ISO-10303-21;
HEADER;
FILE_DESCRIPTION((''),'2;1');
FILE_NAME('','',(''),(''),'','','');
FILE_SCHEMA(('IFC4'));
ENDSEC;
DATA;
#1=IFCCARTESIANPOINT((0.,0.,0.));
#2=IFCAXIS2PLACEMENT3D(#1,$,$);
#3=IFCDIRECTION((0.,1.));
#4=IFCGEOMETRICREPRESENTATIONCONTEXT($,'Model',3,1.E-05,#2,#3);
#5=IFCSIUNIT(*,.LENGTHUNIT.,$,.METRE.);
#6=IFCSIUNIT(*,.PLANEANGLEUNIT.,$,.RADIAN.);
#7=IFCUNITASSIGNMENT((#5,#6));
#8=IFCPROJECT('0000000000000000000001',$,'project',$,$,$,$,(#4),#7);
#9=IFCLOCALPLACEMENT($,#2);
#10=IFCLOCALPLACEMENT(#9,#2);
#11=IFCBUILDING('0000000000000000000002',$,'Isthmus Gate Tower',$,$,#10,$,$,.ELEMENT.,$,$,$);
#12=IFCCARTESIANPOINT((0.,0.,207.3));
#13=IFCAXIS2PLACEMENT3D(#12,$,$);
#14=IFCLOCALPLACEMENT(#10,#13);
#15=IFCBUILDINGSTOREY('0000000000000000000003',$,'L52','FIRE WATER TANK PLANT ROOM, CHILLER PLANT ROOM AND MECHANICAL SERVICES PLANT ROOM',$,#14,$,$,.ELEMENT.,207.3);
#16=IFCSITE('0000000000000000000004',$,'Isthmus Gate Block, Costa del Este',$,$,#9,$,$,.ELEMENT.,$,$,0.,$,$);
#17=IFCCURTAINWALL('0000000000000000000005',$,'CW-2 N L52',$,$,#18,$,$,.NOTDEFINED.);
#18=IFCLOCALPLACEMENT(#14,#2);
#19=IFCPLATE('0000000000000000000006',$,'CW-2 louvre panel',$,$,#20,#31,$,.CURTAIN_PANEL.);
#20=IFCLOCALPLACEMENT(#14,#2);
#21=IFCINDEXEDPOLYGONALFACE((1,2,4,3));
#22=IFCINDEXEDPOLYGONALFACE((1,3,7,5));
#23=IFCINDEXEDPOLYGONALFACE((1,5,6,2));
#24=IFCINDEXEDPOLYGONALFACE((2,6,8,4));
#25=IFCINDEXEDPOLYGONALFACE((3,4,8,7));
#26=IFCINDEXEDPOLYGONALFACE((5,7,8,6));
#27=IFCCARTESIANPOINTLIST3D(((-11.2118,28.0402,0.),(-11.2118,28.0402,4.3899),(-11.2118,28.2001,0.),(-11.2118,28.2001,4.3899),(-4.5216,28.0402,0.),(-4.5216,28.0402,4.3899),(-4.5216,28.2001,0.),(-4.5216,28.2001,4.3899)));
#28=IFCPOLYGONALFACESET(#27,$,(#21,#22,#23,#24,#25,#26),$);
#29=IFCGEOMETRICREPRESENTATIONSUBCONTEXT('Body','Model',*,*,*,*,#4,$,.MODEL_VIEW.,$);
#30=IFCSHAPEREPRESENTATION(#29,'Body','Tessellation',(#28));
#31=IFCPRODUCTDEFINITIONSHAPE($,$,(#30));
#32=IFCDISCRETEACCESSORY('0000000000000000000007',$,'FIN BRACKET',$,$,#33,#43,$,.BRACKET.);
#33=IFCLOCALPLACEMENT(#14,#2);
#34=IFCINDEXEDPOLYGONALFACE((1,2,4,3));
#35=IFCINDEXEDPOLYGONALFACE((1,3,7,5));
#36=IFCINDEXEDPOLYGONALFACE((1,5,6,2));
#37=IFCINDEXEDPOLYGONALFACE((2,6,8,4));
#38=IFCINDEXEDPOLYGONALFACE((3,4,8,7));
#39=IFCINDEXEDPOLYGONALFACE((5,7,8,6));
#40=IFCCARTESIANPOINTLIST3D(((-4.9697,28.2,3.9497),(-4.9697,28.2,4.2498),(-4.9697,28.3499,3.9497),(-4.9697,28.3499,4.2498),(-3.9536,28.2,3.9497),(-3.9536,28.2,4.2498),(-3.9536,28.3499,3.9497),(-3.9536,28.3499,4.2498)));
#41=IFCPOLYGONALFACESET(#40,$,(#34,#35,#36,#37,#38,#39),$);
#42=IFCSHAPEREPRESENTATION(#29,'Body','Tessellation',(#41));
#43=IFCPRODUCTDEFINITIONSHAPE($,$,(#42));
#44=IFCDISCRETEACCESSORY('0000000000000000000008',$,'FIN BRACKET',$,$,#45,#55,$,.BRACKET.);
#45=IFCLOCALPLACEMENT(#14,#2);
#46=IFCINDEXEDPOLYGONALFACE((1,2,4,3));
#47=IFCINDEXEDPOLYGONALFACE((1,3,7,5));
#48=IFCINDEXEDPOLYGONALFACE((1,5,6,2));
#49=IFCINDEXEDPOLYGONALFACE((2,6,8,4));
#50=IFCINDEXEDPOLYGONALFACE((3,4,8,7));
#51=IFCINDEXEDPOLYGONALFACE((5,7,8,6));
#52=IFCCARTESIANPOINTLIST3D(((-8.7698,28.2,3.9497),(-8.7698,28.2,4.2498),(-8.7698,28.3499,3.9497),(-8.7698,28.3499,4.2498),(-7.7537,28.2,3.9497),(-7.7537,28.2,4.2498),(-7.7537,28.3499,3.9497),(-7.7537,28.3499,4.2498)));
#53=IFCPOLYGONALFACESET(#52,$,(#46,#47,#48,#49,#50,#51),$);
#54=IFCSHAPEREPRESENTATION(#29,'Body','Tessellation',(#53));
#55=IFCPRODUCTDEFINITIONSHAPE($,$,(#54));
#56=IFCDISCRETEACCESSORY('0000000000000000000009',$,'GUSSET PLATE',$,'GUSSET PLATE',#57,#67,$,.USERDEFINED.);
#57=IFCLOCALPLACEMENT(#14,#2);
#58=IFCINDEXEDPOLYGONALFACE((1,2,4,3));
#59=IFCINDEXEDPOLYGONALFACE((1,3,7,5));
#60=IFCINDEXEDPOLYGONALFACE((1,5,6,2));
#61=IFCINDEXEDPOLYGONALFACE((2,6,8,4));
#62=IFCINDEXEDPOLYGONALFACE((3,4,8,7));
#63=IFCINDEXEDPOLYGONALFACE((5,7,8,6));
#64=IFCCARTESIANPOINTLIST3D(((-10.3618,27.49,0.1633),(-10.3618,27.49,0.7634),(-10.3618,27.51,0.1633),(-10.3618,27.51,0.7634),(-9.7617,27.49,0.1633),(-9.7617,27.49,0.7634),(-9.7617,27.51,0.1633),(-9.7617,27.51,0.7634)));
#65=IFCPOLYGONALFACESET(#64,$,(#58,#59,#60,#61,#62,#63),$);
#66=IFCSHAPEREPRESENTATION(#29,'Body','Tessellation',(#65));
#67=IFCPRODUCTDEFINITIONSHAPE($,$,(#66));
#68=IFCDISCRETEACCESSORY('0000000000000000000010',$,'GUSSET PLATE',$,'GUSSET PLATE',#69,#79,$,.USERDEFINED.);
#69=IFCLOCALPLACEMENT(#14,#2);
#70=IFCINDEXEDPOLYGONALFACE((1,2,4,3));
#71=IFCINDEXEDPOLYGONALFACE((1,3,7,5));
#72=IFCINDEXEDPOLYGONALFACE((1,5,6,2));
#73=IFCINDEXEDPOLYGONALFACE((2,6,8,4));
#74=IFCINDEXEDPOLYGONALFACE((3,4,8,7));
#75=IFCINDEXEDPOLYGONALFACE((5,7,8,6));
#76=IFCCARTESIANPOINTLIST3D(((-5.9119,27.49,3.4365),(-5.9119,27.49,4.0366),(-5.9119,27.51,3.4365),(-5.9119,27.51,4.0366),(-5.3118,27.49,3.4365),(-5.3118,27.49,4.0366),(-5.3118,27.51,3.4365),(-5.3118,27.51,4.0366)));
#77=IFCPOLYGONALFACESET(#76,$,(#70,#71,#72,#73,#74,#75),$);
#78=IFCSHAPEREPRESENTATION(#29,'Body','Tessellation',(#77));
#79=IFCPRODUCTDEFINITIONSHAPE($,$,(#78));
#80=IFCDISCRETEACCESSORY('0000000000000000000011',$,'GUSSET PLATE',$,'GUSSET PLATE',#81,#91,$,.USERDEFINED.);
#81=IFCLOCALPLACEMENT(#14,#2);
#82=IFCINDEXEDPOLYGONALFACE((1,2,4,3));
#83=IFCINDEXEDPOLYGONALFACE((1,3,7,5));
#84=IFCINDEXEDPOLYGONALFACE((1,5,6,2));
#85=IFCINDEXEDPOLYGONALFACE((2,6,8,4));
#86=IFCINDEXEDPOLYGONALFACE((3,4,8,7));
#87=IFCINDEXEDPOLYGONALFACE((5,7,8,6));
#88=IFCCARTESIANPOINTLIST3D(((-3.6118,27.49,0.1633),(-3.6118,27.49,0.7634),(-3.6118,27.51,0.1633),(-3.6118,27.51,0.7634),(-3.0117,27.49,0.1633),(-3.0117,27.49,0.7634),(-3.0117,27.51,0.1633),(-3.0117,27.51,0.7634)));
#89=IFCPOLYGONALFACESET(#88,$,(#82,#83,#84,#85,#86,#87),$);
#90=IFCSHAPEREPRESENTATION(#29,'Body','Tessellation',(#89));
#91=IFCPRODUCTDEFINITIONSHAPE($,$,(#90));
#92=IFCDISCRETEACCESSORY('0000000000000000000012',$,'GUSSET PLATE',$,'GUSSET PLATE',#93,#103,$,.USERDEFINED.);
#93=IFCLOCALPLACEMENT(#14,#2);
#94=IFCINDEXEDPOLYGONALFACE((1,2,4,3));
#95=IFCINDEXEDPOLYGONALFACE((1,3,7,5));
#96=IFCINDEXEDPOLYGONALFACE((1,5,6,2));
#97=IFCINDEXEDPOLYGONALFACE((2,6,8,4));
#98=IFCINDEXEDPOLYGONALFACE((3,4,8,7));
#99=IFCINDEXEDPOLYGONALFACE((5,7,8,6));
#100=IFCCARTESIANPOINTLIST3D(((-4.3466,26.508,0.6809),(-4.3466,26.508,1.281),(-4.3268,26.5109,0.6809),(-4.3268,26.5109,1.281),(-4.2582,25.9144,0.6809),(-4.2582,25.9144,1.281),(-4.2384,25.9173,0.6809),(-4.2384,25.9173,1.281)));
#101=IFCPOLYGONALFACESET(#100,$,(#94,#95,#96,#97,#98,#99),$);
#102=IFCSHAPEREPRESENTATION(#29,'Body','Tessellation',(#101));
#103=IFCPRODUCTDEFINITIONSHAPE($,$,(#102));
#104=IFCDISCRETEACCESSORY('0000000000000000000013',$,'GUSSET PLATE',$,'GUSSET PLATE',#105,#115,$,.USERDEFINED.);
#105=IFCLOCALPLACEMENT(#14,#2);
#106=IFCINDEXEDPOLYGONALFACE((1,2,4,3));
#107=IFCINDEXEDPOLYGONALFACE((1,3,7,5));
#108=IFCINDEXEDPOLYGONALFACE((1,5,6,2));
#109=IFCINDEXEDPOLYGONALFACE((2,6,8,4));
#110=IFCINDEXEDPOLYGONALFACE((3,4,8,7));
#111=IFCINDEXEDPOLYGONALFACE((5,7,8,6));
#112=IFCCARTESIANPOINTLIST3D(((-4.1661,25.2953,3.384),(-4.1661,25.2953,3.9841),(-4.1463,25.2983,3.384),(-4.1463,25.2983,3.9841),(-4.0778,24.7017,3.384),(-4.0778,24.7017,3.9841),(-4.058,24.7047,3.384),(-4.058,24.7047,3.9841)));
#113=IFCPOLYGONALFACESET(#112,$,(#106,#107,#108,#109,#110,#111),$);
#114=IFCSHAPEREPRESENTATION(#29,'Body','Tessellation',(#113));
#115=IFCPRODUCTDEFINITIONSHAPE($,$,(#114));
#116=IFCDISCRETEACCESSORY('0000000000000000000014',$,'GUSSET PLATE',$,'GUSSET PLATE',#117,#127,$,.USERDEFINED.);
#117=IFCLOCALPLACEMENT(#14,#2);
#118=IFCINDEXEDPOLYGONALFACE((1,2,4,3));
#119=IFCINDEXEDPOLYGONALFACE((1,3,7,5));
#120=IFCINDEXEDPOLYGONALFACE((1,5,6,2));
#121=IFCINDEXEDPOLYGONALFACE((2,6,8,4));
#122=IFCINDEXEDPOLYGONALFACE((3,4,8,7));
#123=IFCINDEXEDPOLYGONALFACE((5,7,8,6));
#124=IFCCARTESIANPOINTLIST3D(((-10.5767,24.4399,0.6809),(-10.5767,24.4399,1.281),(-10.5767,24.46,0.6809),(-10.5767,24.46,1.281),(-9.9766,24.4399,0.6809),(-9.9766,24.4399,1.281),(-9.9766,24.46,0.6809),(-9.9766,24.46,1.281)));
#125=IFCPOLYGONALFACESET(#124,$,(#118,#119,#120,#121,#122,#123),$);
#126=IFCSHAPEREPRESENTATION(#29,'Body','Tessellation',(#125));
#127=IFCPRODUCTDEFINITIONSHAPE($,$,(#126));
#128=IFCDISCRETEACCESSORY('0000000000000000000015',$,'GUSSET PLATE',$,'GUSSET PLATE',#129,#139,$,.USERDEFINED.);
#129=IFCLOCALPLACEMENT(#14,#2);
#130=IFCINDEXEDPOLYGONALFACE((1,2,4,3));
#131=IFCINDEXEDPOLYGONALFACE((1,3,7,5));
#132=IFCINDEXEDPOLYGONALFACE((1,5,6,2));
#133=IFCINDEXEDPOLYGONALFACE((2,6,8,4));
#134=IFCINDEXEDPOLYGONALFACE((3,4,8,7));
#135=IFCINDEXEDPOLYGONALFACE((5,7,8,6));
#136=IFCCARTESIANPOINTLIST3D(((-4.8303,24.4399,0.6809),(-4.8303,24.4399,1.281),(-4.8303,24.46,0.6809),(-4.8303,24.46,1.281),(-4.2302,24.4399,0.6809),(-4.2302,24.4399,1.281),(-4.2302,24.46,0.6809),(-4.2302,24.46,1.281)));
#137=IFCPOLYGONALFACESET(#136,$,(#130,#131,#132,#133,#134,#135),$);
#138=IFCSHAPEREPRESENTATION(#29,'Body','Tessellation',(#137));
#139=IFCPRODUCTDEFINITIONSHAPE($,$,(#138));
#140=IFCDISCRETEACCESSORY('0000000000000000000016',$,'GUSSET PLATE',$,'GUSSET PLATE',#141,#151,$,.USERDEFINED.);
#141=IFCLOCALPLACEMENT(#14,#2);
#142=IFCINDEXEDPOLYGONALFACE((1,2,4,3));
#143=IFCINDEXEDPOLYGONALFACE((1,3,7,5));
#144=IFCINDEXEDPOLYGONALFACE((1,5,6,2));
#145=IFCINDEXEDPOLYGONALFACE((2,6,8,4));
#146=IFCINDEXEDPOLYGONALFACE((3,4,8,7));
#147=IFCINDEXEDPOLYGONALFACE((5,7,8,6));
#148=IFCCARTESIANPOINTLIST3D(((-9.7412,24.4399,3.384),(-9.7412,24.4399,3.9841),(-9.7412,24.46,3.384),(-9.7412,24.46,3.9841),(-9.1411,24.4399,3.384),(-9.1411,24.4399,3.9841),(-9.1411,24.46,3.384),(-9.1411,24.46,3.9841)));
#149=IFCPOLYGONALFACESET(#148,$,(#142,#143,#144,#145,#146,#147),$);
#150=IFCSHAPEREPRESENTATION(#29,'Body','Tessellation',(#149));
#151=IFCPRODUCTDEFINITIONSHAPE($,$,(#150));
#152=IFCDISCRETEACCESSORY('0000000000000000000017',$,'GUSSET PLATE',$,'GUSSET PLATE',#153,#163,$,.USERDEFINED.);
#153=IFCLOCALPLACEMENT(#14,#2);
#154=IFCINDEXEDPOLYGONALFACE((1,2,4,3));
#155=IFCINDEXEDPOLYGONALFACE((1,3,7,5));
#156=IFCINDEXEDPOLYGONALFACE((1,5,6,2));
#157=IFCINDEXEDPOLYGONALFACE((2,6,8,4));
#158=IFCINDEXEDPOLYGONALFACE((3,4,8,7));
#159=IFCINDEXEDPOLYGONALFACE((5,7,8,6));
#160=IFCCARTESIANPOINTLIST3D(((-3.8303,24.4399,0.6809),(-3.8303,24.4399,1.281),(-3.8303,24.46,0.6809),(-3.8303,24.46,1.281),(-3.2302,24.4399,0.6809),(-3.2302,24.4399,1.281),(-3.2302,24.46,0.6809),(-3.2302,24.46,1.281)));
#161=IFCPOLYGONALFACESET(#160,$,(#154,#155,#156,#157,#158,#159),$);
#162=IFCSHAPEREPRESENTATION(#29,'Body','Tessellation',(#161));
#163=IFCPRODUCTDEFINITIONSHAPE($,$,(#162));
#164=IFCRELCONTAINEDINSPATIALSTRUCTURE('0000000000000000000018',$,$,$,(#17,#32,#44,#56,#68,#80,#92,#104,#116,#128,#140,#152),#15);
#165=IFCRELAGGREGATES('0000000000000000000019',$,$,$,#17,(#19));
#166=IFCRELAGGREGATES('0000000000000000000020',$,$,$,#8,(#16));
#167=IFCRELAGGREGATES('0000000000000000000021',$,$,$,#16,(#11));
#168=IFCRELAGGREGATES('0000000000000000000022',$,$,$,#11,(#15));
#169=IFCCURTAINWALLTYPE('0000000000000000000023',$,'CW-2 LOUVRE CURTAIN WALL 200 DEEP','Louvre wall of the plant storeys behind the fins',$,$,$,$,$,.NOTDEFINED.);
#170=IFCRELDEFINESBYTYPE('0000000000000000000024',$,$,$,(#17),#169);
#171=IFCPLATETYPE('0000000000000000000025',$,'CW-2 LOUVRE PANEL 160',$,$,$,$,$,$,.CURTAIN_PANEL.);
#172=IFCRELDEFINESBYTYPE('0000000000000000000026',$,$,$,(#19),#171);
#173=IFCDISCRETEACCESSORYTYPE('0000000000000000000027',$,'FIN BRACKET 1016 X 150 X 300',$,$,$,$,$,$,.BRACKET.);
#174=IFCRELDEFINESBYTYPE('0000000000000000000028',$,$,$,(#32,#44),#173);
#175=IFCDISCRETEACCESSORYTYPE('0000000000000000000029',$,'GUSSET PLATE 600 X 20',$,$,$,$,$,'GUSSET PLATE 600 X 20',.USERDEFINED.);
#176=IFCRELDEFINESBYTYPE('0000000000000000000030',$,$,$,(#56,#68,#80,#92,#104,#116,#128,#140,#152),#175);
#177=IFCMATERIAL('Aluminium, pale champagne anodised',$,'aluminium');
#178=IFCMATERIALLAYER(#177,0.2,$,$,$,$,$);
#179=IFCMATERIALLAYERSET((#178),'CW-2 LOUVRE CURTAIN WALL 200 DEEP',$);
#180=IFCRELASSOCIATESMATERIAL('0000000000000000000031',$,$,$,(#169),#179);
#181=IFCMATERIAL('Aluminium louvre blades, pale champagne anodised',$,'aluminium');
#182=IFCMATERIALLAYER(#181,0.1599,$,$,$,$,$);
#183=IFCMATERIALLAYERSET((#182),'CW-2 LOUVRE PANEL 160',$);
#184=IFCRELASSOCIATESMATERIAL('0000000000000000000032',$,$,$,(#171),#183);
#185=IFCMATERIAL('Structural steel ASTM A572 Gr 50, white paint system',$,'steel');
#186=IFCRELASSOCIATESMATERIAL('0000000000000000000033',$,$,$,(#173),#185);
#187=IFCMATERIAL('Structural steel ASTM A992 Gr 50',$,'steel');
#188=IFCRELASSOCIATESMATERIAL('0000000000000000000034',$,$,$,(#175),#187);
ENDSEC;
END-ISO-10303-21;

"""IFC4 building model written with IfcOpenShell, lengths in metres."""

from ifc_helpers import new_model, si_unit, direction, frame, origin, origin_2d, place, context, subcontext, project, spatial, rectangle, extrude, material, layer, layer_set, type_object, element, aggregate, save


model = new_model("IFC4")

# Units and contexts
model_context = context("Model", 3, precision=1e-05, world=origin(), true_north=direction((0.0, 1.0)))
body_context = subcontext(model_context, "Body", "Model", "MODEL_VIEW")
ifc_project = project(units=[si_unit("LENGTHUNIT", "METRE"), si_unit("PLANEANGLEUNIT", "RADIAN")], contexts=[model_context])

# Site, building, storey
site_placement = place(None, origin())
site = spatial("IfcSite", under=ifc_project, at=site_placement, Name="Isthmus Gate Block, Costa del Este", CompositionType="ELEMENT", RefElevation=0.0)
building_placement = place(site_placement, origin())
building = spatial("IfcBuilding", under=site, at=building_placement, Name="Isthmus Gate Tower", CompositionType="ELEMENT")
storey_placement = place(building_placement, frame((0.0, 0.0, 207.3)))
storey = spatial("IfcBuildingStorey", under=building, at=storey_placement, Name="L52", Description="FIRE WATER TANK PLANT ROOM, CHILLER PLANT ROOM AND MECHANICAL SERVICES PLANT ROOM", CompositionType="ELEMENT", Elevation=207.3)

# Curtain wall
ifc_material_1 = material(Name="Aluminium, pale champagne anodised", Category="aluminium")
ifc_layer_1 = layer(ifc_material_1, 0.2)
ifc_layer_set_1 = layer_set([ifc_layer_1], Name="CW-2 LOUVRE CURTAIN WALL 200 DEEP")
curtain_wall_type = type_object("IfcCurtainWallType", Name="CW-2 LOUVRE CURTAIN WALL 200 DEEP", Description="Louvre wall of the plant storeys behind the fins", PredefinedType="NOTDEFINED", material=ifc_layer_set_1)
curtain_wall_placement = place(storey_placement, origin())
curtain_wall = element("IfcCurtainWall", 1, at=curtain_wall_placement, inside=storey, type_object=curtain_wall_type, Name="CW-2 N L52", PredefinedType="NOTDEFINED")

# Plate
ifc_material_2 = material(Name="Aluminium louvre blades, pale champagne anodised", Category="aluminium")
ifc_layer_2 = layer(ifc_material_2, 0.1599)
ifc_layer_set_2 = layer_set([ifc_layer_2], Name="CW-2 LOUVRE PANEL 160")
plate_type = type_object("IfcPlateType", Name="CW-2 LOUVRE PANEL 160", PredefinedType="CURTAIN_PANEL", material=ifc_layer_set_2)
plate_1_placement = place(storey_placement, frame((-7.8667, 28.1201, 0.0), z_axis=(0.0, 0.0, 1.0), x_axis=(-1.0, 0.0, 0.0)))
plate_1 = element("IfcPlate", 2, at=plate_1_placement, type_object=plate_type, Name="CW-2 louvre panel", PredefinedType="CURTAIN_PANEL", context=body_context, shape_type="SweptSolid", body=[
    extrude(rectangle(XDim=6.6902, YDim=0.1599, at=origin_2d()), origin(), (0.0, 0.0, 1.0), 4.3899),
])
aggregate(curtain_wall, [plate_1])

# Discrete accessories
ifc_material_3 = material(Name="Structural steel ASTM A572 Gr 50, white paint system", Category="steel")
discrete_accessory_type_1 = type_object("IfcDiscreteAccessoryType", Name="FIN BRACKET 1016 X 150 X 300", PredefinedType="BRACKET", material=ifc_material_3)
for number, where, z_axis, x_axis, name in (
    (3, (-4.4617, 28.2749, 3.9497), (0.0, 0.0, 1.0), (0.0, 1.0, 0.0), "FIN BRACKET"),
    (4, (-8.2617, 28.2749, 3.9497), (0.0, 0.0, 1.0), (0.0, 1.0, 0.0), "FIN BRACKET"),
):
    element("IfcDiscreteAccessory", number, at=place(storey_placement, frame(where, z_axis=z_axis, x_axis=x_axis)), inside=storey, type_object=discrete_accessory_type_1, Name=name, PredefinedType="BRACKET", context=body_context, shape_type="SweptSolid", body=[
        extrude(rectangle(XDim=0.1499, YDim=1.0161, at=origin_2d()), origin(), (0.0, 0.0, 1.0), 0.3),
    ])
ifc_material_4 = material(Name="Structural steel ASTM A992 Gr 50", Category="steel")
discrete_accessory_type_2 = type_object("IfcDiscreteAccessoryType", Name="GUSSET PLATE 600 X 20", ElementType="GUSSET PLATE 600 X 20", PredefinedType="USERDEFINED", material=ifc_material_4)
for number, where, z_axis, x_axis, name in (
    (5, (-10.0618, 27.5, 0.1633), (0.0, 0.0, 1.0), (1.0, 0.0, 0.0), "GUSSET PLATE"),
    (6, (-5.6118, 27.5, 3.4365), (0.0, 0.0, 1.0), (1.0, 0.0, 0.0), "GUSSET PLATE"),
    (7, (-3.3118, 27.5, 0.1633), (0.0, 0.0, 1.0), (1.0, 0.0, 0.0), "GUSSET PLATE"),
    (8, (-4.2925, 26.2126, 0.6809), (0.0, 0.0, 1.0), (0.147211, -0.989105, 0.0), "GUSSET PLATE"),
    (9, (-4.1121, 25.0, 3.384), (0.0, 0.0, 1.0), (0.147211, -0.989105, 0.0), "GUSSET PLATE"),
    (10, (-10.2766, 24.45, 0.6809), (0.0, 0.0, 1.0), (-1.0, 0.0, 0.0), "GUSSET PLATE"),
    (11, (-4.5303, 24.45, 0.6809), (0.0, 0.0, 1.0), (-1.0, 0.0, 0.0), "GUSSET PLATE"),
    (12, (-9.4412, 24.45, 3.384), (0.0, 0.0, 1.0), (-1.0, 0.0, 0.0), "GUSSET PLATE"),
    (13, (-3.5303, 24.45, 0.6809), (0.0, 0.0, 1.0), (1.0, 0.0, 0.0), "GUSSET PLATE"),
):
    element("IfcDiscreteAccessory", number, at=place(storey_placement, frame(where, z_axis=z_axis, x_axis=x_axis)), inside=storey, type_object=discrete_accessory_type_2, Name=name, ObjectType="GUSSET PLATE", PredefinedType="USERDEFINED", context=body_context, shape_type="SweptSolid", body=[
        extrude(rectangle(XDim=0.6001, YDim=0.02, at=origin_2d()), origin(), (0.0, 0.0, 1.0), 0.6001),
    ])

save(model, "model.ifc")
